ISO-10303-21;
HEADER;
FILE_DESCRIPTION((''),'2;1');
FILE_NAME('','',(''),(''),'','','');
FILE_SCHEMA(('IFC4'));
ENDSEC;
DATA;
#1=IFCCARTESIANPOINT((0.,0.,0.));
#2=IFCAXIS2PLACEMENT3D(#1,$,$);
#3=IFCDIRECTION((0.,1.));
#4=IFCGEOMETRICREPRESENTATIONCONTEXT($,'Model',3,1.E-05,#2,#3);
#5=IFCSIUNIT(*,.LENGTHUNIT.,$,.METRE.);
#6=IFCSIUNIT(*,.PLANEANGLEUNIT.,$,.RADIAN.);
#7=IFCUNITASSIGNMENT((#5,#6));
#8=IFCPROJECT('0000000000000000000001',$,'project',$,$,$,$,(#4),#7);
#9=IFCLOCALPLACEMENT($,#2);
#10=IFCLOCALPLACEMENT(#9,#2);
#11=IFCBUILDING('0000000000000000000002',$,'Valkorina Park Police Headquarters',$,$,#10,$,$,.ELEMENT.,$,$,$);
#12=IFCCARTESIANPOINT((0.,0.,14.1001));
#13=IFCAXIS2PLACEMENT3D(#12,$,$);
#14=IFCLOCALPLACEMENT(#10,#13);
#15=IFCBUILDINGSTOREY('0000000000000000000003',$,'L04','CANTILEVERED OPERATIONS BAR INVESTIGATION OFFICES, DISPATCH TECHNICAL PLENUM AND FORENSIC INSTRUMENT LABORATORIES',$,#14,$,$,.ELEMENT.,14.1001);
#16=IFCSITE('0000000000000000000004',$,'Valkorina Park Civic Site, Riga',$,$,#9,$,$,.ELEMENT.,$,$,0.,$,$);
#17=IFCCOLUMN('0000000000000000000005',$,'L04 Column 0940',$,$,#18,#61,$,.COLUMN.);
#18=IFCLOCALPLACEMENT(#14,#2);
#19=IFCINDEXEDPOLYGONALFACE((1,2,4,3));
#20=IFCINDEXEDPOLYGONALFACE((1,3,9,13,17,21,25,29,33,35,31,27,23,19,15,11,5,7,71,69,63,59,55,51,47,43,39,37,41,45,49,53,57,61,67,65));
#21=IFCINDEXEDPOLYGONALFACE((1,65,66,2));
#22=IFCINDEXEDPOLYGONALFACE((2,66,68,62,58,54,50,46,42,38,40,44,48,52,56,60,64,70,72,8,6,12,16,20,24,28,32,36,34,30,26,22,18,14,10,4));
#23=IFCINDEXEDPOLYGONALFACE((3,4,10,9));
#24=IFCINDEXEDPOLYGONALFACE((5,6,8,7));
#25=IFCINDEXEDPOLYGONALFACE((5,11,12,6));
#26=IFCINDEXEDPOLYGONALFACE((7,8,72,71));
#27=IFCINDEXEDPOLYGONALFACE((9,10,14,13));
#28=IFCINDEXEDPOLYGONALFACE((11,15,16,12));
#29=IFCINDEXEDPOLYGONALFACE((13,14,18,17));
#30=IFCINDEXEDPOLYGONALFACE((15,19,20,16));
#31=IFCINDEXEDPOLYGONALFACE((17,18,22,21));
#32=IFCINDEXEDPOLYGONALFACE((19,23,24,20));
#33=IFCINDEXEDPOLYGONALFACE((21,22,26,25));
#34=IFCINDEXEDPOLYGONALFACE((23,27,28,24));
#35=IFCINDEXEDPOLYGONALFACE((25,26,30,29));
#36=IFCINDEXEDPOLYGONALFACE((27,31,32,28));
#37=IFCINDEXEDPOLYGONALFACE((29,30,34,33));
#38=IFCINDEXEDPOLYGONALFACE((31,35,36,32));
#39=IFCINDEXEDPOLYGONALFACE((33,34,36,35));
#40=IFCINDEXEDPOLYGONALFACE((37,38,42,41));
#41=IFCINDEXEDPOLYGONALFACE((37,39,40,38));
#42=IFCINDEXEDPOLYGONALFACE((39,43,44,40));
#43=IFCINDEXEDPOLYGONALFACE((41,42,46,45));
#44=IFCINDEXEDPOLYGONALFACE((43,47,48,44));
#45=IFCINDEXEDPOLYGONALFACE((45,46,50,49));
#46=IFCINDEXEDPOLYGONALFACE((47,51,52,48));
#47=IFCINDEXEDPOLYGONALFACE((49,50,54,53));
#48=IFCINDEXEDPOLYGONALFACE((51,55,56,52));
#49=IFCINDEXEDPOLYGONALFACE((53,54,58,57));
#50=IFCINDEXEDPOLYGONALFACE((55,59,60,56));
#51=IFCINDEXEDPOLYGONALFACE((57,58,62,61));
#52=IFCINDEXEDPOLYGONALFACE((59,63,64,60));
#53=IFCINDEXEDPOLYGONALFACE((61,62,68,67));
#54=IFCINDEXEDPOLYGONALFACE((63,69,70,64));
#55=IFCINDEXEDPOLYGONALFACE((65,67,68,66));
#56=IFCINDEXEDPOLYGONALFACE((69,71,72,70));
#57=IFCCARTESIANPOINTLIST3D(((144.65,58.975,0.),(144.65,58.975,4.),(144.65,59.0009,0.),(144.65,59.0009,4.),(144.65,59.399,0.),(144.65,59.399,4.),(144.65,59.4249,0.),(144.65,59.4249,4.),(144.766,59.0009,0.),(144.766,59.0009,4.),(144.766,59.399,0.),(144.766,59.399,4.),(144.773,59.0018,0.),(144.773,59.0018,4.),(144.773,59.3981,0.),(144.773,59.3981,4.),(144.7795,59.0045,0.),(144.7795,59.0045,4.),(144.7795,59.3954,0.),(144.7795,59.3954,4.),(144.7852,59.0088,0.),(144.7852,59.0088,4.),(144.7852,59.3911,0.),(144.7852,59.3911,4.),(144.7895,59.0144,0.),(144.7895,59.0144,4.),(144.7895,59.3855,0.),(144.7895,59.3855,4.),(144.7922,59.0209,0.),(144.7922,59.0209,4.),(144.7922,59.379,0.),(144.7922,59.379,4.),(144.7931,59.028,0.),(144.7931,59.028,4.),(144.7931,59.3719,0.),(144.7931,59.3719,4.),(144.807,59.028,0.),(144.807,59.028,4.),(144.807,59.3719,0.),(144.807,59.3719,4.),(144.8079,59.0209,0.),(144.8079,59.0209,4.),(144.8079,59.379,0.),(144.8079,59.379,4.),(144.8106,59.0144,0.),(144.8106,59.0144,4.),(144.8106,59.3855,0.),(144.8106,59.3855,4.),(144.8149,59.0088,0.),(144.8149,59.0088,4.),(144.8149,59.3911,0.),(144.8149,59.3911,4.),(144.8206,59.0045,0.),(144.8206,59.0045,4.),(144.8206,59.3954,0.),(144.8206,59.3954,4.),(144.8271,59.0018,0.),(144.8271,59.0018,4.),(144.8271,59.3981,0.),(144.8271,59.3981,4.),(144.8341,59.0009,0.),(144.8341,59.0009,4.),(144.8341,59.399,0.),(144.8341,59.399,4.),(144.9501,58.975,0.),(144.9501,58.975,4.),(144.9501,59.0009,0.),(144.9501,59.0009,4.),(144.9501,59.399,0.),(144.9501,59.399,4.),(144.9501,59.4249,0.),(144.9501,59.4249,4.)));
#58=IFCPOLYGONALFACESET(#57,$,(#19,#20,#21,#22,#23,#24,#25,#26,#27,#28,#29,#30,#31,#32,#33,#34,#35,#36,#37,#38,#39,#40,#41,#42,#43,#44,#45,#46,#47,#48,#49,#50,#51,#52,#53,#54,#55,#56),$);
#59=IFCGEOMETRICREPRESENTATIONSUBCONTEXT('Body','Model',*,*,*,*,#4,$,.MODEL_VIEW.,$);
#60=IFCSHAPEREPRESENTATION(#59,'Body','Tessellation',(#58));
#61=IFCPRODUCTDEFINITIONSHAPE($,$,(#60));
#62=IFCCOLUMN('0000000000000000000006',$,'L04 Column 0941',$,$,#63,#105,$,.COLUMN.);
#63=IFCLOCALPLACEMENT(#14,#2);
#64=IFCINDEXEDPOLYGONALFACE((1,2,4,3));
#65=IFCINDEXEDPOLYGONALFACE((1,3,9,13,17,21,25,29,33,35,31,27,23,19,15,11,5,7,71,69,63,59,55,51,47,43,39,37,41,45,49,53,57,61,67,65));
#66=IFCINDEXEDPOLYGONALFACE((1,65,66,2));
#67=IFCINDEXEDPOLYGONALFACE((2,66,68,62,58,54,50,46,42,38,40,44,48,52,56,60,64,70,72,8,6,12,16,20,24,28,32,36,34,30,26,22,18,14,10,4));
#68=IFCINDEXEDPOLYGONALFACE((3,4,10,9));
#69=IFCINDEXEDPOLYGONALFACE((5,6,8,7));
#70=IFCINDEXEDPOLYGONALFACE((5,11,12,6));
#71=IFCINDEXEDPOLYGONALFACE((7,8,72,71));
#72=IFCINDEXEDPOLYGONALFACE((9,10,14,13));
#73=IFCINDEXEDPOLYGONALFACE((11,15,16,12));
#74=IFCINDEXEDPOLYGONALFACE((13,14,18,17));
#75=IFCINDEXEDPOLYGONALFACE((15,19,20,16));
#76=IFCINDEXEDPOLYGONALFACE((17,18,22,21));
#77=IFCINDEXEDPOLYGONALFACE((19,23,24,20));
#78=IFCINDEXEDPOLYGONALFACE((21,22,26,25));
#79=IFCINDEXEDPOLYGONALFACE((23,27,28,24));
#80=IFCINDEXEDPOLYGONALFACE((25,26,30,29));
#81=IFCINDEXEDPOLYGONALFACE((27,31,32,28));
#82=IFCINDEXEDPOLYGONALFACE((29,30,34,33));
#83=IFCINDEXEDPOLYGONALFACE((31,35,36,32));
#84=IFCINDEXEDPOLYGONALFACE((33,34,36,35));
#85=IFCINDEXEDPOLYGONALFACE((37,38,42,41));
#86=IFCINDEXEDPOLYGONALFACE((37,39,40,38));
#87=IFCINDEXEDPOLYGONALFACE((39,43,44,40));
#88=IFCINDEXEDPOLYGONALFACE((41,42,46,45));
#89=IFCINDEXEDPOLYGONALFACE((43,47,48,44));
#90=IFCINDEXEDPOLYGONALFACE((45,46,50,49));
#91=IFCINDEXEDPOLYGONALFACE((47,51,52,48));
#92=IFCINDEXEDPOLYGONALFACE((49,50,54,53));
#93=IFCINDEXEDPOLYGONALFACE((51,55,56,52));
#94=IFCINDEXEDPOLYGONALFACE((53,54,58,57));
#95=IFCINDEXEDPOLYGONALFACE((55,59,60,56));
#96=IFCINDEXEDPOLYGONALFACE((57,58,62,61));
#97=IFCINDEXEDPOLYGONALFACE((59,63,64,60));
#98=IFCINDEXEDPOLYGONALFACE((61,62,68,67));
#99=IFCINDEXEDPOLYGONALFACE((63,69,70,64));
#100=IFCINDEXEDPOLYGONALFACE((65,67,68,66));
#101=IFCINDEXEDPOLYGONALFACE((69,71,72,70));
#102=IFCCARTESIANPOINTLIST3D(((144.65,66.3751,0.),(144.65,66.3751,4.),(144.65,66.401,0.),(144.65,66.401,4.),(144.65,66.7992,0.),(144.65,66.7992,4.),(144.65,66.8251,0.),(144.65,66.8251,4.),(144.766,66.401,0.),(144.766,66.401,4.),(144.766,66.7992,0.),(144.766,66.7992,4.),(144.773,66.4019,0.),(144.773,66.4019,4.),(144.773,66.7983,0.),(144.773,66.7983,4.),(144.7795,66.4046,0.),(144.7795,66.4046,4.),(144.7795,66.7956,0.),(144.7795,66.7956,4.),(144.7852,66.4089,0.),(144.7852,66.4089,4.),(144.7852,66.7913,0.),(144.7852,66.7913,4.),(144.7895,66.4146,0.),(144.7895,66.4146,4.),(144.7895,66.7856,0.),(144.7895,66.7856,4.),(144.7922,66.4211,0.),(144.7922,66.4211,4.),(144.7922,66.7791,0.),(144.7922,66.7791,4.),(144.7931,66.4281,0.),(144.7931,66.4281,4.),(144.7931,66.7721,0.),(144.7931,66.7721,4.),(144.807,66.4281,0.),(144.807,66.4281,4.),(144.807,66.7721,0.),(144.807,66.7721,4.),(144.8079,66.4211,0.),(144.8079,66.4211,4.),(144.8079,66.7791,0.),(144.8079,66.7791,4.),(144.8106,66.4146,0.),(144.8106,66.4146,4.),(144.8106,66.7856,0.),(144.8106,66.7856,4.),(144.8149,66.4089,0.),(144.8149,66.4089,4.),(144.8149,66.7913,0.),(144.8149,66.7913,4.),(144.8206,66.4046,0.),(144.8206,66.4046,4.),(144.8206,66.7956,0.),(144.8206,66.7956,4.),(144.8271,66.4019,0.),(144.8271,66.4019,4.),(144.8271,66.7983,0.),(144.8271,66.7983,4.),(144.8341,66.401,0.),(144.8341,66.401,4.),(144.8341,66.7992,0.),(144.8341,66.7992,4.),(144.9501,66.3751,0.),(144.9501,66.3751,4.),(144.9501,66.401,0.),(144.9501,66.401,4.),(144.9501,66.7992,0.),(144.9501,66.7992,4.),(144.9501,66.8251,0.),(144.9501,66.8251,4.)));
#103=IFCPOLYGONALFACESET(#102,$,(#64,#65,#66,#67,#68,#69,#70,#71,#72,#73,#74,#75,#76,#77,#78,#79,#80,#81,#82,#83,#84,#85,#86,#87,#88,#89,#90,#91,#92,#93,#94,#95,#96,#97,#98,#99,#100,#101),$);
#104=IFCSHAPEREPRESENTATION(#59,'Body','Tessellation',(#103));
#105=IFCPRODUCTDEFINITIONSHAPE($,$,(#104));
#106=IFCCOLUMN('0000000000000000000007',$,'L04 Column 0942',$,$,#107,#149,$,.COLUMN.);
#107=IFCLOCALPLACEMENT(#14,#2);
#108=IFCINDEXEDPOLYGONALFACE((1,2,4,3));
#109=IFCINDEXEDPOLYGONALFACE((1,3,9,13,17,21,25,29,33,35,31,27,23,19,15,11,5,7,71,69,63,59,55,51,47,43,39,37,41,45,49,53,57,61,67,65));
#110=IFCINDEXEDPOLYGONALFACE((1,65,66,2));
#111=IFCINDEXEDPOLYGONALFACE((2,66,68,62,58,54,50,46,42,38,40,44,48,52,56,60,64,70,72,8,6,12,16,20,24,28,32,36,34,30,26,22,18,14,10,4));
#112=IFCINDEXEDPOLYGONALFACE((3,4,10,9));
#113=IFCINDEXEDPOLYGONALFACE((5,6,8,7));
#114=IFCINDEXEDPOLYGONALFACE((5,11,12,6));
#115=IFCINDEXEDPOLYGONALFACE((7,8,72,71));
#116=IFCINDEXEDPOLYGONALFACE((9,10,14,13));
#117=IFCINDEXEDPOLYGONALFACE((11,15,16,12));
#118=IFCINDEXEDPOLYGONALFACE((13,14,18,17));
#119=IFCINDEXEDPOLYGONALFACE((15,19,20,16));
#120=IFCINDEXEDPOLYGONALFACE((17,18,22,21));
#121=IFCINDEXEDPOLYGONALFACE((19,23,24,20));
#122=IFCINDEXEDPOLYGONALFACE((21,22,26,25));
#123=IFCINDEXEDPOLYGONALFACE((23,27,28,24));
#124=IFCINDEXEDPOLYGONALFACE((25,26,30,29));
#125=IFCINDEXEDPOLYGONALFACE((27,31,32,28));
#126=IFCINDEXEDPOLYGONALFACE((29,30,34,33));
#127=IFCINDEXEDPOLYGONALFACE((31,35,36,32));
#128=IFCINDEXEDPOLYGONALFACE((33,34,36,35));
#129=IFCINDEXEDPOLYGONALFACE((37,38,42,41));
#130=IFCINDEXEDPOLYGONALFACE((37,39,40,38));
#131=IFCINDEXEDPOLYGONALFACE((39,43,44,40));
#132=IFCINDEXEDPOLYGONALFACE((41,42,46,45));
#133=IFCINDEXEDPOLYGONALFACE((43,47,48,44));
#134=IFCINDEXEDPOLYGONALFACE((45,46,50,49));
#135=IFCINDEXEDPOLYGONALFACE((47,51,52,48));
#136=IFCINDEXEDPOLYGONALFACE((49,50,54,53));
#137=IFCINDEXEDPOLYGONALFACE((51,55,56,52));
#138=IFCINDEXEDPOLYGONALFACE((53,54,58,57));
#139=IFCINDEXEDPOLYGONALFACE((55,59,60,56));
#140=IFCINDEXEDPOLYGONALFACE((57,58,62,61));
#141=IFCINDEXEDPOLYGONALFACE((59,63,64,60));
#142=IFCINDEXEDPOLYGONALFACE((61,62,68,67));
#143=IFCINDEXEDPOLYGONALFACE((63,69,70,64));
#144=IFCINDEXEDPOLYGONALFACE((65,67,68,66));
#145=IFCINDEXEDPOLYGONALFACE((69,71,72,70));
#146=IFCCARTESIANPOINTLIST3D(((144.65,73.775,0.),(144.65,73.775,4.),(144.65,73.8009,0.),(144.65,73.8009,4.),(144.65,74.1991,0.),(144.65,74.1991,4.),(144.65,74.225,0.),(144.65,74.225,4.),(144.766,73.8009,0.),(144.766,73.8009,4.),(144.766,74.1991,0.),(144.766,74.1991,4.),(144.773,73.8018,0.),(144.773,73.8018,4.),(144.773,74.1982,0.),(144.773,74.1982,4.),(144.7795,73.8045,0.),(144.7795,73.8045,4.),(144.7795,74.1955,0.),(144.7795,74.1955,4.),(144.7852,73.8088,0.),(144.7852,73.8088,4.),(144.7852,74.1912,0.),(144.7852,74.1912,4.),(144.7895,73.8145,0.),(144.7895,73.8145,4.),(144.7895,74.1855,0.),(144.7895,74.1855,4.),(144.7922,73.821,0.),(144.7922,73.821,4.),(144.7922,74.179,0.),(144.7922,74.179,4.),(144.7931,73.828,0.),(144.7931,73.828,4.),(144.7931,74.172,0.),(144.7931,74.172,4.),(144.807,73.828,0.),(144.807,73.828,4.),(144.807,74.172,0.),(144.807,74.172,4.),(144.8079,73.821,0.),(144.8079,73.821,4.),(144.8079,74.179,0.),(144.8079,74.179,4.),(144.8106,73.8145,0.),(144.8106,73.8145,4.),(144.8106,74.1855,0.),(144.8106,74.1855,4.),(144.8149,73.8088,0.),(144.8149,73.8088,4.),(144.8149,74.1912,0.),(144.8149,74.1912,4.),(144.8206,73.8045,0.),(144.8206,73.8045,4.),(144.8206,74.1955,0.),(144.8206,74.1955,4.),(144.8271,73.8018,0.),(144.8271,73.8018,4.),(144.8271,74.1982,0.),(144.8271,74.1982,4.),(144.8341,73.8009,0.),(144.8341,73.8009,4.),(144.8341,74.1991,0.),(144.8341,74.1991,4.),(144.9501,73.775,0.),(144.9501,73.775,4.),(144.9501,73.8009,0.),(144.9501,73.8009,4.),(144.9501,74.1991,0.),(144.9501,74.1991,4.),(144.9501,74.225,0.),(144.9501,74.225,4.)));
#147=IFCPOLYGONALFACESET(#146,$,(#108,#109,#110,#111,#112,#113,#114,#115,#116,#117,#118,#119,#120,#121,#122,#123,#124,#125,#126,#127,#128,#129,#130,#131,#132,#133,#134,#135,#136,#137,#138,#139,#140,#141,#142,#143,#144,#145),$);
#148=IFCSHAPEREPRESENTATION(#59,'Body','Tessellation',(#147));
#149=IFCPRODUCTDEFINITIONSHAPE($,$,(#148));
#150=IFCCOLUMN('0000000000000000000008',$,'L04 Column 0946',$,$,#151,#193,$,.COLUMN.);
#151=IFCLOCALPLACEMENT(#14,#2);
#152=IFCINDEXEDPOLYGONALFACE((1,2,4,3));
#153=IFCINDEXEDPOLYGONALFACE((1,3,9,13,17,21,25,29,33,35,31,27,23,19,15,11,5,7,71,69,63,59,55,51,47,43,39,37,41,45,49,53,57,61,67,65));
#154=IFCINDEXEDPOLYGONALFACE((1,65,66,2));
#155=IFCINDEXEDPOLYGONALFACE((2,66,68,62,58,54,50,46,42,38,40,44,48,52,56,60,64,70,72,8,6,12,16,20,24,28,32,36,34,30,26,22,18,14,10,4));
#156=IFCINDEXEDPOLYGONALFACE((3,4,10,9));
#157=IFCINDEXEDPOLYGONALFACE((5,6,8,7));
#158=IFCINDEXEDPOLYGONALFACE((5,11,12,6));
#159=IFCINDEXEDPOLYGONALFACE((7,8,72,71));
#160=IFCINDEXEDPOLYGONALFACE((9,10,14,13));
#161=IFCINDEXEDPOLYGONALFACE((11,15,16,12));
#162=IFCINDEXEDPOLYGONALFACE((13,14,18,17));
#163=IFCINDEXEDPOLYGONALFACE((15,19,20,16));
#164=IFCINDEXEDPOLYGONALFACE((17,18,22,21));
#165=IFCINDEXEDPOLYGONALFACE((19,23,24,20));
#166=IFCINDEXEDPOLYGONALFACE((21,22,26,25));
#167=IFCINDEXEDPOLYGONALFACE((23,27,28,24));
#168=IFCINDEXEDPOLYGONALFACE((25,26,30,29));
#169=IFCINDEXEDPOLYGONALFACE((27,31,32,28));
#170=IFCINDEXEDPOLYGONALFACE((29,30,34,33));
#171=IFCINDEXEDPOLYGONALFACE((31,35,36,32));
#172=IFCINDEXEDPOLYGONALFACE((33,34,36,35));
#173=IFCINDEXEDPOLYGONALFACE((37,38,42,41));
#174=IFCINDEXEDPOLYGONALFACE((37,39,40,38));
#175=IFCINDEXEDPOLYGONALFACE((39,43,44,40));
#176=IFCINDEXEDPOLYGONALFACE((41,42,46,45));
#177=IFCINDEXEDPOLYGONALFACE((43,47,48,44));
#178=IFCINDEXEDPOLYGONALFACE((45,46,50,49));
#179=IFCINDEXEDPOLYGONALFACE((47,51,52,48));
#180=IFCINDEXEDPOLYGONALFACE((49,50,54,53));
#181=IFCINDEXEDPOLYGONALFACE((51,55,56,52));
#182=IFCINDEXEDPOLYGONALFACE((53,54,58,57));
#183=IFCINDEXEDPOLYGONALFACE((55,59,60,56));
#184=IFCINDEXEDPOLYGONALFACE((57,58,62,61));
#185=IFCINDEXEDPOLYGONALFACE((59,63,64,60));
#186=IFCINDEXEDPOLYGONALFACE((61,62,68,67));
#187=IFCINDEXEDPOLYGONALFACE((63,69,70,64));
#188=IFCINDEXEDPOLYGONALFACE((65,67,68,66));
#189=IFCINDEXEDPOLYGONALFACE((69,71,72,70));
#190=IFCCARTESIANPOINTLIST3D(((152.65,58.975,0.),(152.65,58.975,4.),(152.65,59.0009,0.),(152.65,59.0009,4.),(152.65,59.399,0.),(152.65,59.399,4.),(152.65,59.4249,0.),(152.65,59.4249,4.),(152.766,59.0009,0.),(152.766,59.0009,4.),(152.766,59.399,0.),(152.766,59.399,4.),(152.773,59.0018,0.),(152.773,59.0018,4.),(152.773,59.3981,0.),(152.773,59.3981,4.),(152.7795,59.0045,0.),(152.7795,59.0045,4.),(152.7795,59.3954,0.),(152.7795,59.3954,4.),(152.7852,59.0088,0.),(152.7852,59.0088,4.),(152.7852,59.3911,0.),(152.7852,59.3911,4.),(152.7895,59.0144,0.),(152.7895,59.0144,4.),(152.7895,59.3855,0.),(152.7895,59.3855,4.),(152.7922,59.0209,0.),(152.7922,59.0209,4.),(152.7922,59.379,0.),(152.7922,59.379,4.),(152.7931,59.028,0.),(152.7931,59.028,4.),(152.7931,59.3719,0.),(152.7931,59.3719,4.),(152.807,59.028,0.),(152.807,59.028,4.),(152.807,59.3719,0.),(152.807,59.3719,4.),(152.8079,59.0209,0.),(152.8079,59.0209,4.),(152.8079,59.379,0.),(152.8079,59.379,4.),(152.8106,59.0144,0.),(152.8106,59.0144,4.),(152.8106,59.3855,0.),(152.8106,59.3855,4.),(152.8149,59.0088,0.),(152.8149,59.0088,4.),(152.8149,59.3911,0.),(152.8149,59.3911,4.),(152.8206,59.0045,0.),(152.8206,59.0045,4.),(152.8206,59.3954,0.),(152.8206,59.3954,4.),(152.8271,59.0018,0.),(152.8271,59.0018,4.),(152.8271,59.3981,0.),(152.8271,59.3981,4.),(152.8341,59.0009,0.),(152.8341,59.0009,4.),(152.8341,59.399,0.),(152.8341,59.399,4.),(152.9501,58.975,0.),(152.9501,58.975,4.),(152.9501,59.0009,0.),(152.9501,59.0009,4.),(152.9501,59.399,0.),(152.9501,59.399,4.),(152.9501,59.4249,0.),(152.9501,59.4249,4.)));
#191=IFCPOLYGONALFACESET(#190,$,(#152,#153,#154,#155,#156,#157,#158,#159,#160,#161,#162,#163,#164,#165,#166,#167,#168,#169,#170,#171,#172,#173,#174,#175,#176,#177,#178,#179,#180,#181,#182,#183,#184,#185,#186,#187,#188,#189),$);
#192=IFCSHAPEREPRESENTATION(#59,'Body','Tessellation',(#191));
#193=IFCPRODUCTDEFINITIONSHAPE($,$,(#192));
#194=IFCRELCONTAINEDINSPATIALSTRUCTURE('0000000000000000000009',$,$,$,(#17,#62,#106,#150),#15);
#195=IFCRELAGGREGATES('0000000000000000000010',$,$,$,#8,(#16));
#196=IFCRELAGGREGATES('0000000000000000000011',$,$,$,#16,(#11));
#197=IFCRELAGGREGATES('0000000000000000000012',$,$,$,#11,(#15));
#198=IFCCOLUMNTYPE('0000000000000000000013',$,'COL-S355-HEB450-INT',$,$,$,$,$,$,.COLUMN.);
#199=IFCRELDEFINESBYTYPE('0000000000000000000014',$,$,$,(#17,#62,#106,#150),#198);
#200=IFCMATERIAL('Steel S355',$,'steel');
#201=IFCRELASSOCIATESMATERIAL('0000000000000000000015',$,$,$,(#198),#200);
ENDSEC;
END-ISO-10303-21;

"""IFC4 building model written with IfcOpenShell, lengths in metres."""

from ifc_helpers import new_model, si_unit, direction, frame, origin, origin_2d, place, context, subcontext, project, spatial, i_section, extrude, material, material_profile, profile_set, type_object, element, save


model = new_model("IFC4")

# Units and contexts
model_context = context("Model", 3, precision=1e-05, world=origin(), true_north=direction((0.0, 1.0)))
body_context = subcontext(model_context, "Body", "Model", "MODEL_VIEW")
ifc_project = project(units=[si_unit("LENGTHUNIT", "METRE"), si_unit("PLANEANGLEUNIT", "RADIAN")], contexts=[model_context])

# Site, building, storey
site_placement = place(None, origin())
site = spatial("IfcSite", under=ifc_project, at=site_placement, Name="Valkorina Park Civic Site, Riga", CompositionType="ELEMENT", RefElevation=0.0)
building_placement = place(site_placement, origin())
building = spatial("IfcBuilding", under=site, at=building_placement, Name="Valkorina Park Police Headquarters", CompositionType="ELEMENT")
storey_placement = place(building_placement, frame((0.0, 0.0, 14.1001)))
storey = spatial("IfcBuildingStorey", under=building, at=storey_placement, Name="L04", Description="CANTILEVERED OPERATIONS BAR INVESTIGATION OFFICES, DISPATCH TECHNICAL PLENUM AND FORENSIC INSTRUMENT LABORATORIES", CompositionType="ELEMENT", Elevation=14.1001)

# Columns
ifc_material = material(Name="Steel S355", Category="steel")
ifc_material_profile_1 = material_profile(ifc_material, i_section(OverallWidth=0.3, OverallDepth=0.45, WebThickness=0.0139, FlangeThickness=0.0259, FilletRadius=0.0271, at=origin_2d()), Name="HEB 450")
ifc_profile_set_1 = profile_set([ifc_material_profile_1], Name="Steel S355")
column_type = type_object("IfcColumnType", Name="COL-S355-HEB450-INT", PredefinedType="COLUMN", material=ifc_profile_set_1)
for number, where, z_axis, x_axis, name in (
    (1, (144.8, 59.2, 0.0), (0.0, 0.0, 1.0), (1.0, 0.0, 0.0), "L04 Column 0940"),
    (2, (144.8, 66.6001, 0.0), (0.0, 0.0, 1.0), (1.0, 0.0, 0.0), "L04 Column 0941"),
    (3, (144.8, 74.0, 0.0), (0.0, 0.0, 1.0), (1.0, 0.0, 0.0), "L04 Column 0942"),
    (4, (152.8, 59.2, 0.0), (0.0, 0.0, 1.0), (1.0, 0.0, 0.0), "L04 Column 0946"),
):
    element("IfcColumn", number, at=place(storey_placement, frame(where, z_axis=z_axis, x_axis=x_axis)), inside=storey, type_object=column_type, Name=name, PredefinedType="COLUMN", context=body_context, shape_type="SweptSolid", body=[
        extrude(i_section(OverallWidth=0.3, OverallDepth=0.45, WebThickness=0.0139, FlangeThickness=0.0259, FilletRadius=0.0271, at=origin_2d()), origin(), (0.0, 0.0, 1.0), 4.0),
    ])

save(model, "model.ifc")
